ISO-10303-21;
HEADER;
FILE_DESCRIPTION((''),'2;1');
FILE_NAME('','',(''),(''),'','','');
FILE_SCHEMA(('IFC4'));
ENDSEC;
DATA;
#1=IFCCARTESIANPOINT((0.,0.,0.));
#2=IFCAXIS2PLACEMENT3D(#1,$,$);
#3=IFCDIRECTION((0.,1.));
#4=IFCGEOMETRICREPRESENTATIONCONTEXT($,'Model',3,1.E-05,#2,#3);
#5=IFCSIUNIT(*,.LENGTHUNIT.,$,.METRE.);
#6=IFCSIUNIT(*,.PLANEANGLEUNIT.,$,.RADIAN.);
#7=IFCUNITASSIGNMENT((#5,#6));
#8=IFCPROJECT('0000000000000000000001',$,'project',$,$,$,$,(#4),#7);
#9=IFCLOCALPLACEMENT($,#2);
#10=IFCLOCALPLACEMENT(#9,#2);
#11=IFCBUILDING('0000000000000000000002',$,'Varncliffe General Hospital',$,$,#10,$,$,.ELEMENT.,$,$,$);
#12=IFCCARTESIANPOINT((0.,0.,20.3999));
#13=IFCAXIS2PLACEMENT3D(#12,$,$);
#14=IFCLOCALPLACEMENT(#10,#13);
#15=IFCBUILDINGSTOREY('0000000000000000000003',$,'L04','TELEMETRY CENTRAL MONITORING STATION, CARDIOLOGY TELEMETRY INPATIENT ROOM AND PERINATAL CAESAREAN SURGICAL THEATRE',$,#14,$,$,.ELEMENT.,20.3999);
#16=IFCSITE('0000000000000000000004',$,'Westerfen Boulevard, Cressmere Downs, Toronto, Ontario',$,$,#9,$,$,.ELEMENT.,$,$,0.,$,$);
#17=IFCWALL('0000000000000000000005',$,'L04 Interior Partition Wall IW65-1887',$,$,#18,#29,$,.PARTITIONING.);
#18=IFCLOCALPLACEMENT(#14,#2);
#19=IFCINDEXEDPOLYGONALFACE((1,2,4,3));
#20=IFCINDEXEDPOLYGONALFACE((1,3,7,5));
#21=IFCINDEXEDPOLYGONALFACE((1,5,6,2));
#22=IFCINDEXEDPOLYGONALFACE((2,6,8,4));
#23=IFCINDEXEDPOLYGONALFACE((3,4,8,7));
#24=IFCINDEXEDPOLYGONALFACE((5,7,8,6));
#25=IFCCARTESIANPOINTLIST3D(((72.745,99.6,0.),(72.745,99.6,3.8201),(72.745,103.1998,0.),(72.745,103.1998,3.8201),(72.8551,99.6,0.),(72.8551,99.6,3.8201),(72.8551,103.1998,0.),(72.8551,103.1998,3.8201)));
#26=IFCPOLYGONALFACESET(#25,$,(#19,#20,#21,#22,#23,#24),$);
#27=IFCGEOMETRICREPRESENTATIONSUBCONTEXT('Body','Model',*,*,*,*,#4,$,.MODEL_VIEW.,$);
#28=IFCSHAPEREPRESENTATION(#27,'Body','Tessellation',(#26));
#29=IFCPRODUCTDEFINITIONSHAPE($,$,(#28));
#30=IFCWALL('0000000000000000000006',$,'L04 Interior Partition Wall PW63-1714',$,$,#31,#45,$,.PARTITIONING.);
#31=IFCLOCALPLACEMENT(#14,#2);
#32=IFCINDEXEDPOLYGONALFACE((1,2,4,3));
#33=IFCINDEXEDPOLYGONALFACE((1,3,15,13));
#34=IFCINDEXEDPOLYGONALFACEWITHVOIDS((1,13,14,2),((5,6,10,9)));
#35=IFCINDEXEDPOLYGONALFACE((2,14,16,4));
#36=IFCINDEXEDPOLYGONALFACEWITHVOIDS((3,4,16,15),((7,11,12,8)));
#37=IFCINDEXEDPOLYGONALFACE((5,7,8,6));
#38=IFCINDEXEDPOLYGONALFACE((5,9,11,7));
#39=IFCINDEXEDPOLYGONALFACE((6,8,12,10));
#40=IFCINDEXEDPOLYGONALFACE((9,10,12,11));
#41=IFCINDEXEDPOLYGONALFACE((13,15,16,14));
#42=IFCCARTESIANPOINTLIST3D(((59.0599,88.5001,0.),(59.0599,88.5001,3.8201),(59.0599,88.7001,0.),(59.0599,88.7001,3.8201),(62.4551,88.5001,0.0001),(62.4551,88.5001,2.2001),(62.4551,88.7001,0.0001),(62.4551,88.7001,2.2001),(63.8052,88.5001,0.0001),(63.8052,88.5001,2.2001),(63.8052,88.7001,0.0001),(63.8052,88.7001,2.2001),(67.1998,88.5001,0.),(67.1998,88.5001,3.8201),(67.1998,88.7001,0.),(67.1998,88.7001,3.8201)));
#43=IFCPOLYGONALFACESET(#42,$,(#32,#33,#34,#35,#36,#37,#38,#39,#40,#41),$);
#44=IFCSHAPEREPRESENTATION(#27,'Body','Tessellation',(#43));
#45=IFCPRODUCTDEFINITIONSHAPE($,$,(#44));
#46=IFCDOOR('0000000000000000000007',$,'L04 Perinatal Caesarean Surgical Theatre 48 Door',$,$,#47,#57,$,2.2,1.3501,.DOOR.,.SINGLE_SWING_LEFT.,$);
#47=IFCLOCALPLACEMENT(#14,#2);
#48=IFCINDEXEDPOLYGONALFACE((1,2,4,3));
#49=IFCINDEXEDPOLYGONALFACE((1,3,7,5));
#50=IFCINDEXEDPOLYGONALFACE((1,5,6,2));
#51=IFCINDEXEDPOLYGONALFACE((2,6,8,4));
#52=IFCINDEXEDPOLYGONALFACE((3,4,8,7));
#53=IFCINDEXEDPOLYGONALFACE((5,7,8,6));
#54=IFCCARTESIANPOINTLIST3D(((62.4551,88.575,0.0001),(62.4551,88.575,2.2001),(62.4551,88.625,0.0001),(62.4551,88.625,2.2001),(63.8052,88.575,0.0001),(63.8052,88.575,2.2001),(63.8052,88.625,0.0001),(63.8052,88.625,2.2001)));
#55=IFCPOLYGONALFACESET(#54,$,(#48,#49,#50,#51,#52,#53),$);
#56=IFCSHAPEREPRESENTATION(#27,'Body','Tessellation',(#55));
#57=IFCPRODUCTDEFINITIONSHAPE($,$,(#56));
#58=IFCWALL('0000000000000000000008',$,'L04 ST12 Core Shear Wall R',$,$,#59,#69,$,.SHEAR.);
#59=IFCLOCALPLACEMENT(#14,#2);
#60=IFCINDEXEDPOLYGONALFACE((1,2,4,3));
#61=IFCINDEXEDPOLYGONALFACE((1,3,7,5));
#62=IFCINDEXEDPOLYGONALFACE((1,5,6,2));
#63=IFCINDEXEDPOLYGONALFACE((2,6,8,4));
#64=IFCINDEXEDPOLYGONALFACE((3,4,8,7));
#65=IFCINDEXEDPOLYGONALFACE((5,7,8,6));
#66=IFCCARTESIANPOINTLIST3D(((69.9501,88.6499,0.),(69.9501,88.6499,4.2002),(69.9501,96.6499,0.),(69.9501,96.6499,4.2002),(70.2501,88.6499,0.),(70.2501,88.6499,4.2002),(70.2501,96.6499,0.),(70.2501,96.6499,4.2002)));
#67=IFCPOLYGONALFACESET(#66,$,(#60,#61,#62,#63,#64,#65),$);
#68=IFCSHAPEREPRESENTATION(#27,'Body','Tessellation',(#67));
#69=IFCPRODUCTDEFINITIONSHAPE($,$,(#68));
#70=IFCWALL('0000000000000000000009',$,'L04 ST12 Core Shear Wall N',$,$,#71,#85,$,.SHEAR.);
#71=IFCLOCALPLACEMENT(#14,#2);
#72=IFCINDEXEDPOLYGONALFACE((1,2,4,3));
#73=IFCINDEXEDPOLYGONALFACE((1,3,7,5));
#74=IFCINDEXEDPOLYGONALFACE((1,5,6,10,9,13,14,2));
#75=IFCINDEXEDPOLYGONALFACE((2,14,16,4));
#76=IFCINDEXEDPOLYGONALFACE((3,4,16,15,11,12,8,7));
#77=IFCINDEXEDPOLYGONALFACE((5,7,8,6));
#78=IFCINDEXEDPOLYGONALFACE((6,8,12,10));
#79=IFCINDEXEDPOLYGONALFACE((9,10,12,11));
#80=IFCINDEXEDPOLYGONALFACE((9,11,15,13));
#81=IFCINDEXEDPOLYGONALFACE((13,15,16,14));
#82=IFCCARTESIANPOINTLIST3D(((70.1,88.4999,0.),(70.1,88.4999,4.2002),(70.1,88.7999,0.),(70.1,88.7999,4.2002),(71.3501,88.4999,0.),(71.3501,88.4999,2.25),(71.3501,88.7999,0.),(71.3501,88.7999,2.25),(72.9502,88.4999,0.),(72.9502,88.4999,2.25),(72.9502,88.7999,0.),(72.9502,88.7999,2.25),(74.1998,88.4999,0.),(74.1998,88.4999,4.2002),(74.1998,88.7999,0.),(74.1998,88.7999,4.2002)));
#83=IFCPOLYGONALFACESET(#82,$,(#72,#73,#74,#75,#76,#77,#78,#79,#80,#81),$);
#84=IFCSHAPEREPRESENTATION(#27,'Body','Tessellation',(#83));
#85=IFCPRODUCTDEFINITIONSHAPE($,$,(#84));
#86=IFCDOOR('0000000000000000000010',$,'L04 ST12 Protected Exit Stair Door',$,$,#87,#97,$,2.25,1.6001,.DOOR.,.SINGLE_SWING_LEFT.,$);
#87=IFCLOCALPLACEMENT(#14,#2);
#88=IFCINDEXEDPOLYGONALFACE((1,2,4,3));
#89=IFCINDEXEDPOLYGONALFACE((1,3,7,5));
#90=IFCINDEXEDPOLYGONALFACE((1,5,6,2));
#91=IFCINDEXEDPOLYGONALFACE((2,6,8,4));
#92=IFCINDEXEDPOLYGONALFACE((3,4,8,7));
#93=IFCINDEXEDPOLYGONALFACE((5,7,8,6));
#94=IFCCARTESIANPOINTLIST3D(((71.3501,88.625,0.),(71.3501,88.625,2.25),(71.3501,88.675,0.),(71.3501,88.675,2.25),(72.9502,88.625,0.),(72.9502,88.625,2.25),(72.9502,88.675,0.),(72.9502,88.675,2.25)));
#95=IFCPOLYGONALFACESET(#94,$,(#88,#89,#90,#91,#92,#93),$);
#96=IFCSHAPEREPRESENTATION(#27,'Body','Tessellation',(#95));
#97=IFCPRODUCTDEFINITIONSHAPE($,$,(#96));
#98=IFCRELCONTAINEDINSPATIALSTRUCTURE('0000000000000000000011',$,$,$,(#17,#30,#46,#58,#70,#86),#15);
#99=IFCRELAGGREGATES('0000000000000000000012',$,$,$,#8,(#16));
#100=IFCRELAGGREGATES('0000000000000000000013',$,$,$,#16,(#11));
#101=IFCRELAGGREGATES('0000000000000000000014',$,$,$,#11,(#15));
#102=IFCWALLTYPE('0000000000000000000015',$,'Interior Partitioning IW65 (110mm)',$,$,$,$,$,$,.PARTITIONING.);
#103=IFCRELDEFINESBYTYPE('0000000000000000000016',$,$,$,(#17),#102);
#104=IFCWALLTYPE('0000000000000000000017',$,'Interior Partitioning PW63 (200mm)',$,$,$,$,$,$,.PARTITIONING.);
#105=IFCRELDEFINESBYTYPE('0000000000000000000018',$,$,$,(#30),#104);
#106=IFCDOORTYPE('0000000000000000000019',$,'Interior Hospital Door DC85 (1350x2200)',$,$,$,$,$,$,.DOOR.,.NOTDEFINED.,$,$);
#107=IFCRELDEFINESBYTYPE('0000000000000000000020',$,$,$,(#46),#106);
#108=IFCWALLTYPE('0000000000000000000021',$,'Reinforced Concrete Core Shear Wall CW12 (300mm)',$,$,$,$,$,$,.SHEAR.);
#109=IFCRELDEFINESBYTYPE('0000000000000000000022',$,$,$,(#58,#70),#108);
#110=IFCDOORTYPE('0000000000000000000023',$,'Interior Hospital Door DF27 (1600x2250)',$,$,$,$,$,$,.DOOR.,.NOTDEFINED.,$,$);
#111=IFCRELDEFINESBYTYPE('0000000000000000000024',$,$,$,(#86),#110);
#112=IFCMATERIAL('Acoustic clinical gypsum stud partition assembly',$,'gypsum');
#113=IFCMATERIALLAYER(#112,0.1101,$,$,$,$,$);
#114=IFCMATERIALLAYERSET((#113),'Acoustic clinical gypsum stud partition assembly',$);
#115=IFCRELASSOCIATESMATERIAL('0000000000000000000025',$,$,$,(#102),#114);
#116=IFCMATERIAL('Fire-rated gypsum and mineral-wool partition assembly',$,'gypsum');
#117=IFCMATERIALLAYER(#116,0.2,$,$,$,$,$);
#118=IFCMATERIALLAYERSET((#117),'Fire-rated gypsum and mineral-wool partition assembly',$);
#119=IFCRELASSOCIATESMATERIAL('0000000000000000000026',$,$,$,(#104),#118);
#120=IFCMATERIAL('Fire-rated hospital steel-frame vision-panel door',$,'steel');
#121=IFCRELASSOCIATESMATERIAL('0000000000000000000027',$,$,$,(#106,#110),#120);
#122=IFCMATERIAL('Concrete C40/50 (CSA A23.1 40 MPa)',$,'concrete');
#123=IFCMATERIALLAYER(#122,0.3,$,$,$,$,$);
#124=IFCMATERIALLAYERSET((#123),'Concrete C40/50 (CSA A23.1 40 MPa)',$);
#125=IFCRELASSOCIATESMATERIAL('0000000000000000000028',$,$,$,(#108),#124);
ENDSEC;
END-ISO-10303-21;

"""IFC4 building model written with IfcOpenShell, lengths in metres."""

from ifc_helpers import new_model, si_unit, direction, frame, frame_2d, origin, place, context, subcontext, project, spatial, rectangle, extrude, material, layer, layer_set, type_object, element, fill, save


model = new_model("IFC4")

# Units and contexts
model_context = context("Model", 3, precision=1e-05, world=origin(), true_north=direction((0.0, 1.0)))
body_context = subcontext(model_context, "Body", "Model", "MODEL_VIEW")
ifc_project = project(units=[si_unit("LENGTHUNIT", "METRE"), si_unit("PLANEANGLEUNIT", "RADIAN")], contexts=[model_context])

# Site, building, storey
site_placement = place(None, origin())
site = spatial("IfcSite", under=ifc_project, at=site_placement, Name="Westerfen Boulevard, Cressmere Downs, Toronto, Ontario", CompositionType="ELEMENT", RefElevation=0.0)
building_placement = place(site_placement, origin())
building = spatial("IfcBuilding", under=site, at=building_placement, Name="Varncliffe General Hospital", CompositionType="ELEMENT")
storey_placement = place(building_placement, frame((0.0, 0.0, 20.3999)))
storey = spatial("IfcBuildingStorey", under=building, at=storey_placement, Name="L04", Description="TELEMETRY CENTRAL MONITORING STATION, CARDIOLOGY TELEMETRY INPATIENT ROOM AND PERINATAL CAESAREAN SURGICAL THEATRE", CompositionType="ELEMENT", Elevation=20.3999)

# Shared definitions
ifc_material_1 = material(Name="Concrete C40/50 (CSA A23.1 40 MPa)", Category="concrete")

# Wall
ifc_material_2 = material(Name="Acoustic clinical gypsum stud partition assembly", Category="gypsum")
ifc_layer_1 = layer(ifc_material_2, 0.1101)
ifc_layer_set_1 = layer_set([ifc_layer_1], Name="Acoustic clinical gypsum stud partition assembly")
wall_type_1 = type_object("IfcWallType", Name="Interior Partitioning IW65 (110mm)", PredefinedType="PARTITIONING", material=ifc_layer_set_1)
wall_1_placement = place(storey_placement, frame((72.8, 99.6001, 0.0), z_axis=(0.0, 0.0, 1.0), x_axis=(0.0, 1.0, 0.0)))
element("IfcWall", 1, at=wall_1_placement, inside=storey, type_object=wall_type_1, Name="L04 Interior Partition Wall IW65-1887", PredefinedType="PARTITIONING", context=body_context, shape_type="SweptSolid", body=[
    extrude(rectangle(XDim=3.5999, YDim=0.1101, at=frame_2d((1.7998, 0.0))), origin(), (0.0, 0.0, 1.0), 3.8201),
])

# Wall, opening, door
ifc_material_3 = material(Name="Fire-rated gypsum and mineral-wool partition assembly", Category="gypsum")
ifc_layer_2 = layer(ifc_material_3, 0.2)
ifc_layer_set_2 = layer_set([ifc_layer_2], Name="Fire-rated gypsum and mineral-wool partition assembly")
wall_type_2 = type_object("IfcWallType", Name="Interior Partitioning PW63 (200mm)", PredefinedType="PARTITIONING", material=ifc_layer_set_2)
wall_2_placement = place(storey_placement, frame((59.0601, 88.6001, 0.0), z_axis=(0.0, 0.0, 1.0), x_axis=(1.0, 0.0, 0.0)))
wall_2 = element("IfcWall", 2, at=wall_2_placement, inside=storey, type_object=wall_type_2, Name="L04 Interior Partition Wall PW63-1714", PredefinedType="PARTITIONING", context=body_context, shape_type="SweptSolid", body=[
    extrude(rectangle(XDim=8.1399, YDim=0.2, at=frame_2d((4.0698, 0.0))), origin(), (0.0, 0.0, 1.0), 3.8201),
])
opening_1_placement = place(wall_2_placement, frame((3.395, 0.0, 0.0)))
opening_1 = element("IfcOpeningElement", 3, at=opening_1_placement, cuts=wall_2, PredefinedType="OPENING", context=body_context, shape_type="SweptSolid", body=[
    extrude(rectangle(XDim=1.3501, YDim=2.2, at=frame_2d((0.675, 1.1001))), frame((0.0, 0.1099, 0.0), z_axis=(0.0, -1.0, 0.0), x_axis=(1.0, 0.0, 0.0)), (0.0, 0.0, 1.0), 0.22),
])
ifc_material_4 = material(Name="Fire-rated hospital steel-frame vision-panel door", Category="steel")
door_type_1 = type_object("IfcDoorType", Name="Interior Hospital Door DC85 (1350x2200)", OperationType="NOTDEFINED", PredefinedType="DOOR", material=ifc_material_4)
door_1_placement = place(opening_1_placement, origin())
door_1 = element("IfcDoor", 4, at=door_1_placement, inside=storey, type_object=door_type_1, Name="L04 Perinatal Caesarean Surgical Theatre 48 Door", OperationType="SINGLE_SWING_LEFT", OverallHeight=2.2, OverallWidth=1.3501, PredefinedType="DOOR", context=body_context, shape_type="SweptSolid", body=[
    extrude(rectangle(XDim=1.3501, YDim=2.2, at=frame_2d((0.675, 1.1001))), frame((0.0, 0.0249, 0.0), z_axis=(0.0, -1.0, 0.0), x_axis=(1.0, 0.0, 0.0)), (0.0, 0.0, 1.0), 0.05),
])
fill(opening_1, door_1)

# Wall
ifc_layer_3 = layer(ifc_material_1, 0.3)
ifc_layer_set_3 = layer_set([ifc_layer_3], Name="Concrete C40/50 (CSA A23.1 40 MPa)")
wall_type_3 = type_object("IfcWallType", Name="Reinforced Concrete Core Shear Wall CW12 (300mm)", PredefinedType="SHEAR", material=ifc_layer_set_3)
wall_3_placement = place(storey_placement, frame((70.1001, 96.6499, 0.0), z_axis=(0.0, 0.0, 1.0), x_axis=(0.0, -1.0, 0.0)))
element("IfcWall", 5, at=wall_3_placement, inside=storey, type_object=wall_type_3, Name="L04 ST12 Core Shear Wall R", PredefinedType="SHEAR", context=body_context, shape_type="SweptSolid", body=[
    extrude(rectangle(XDim=8.0, YDim=0.3, at=frame_2d((4.0, 0.0))), origin(), (0.0, 0.0, 1.0), 4.2002),
])

# Wall, opening, door
wall_4_placement = place(storey_placement, frame((70.1001, 88.6499, 0.0), z_axis=(0.0, 0.0, 1.0), x_axis=(1.0, 0.0, 0.0)))
wall_4 = element("IfcWall", 6, at=wall_4_placement, inside=storey, type_object=wall_type_3, Name="L04 ST12 Core Shear Wall N", PredefinedType="SHEAR", context=body_context, shape_type="SweptSolid", body=[
    extrude(rectangle(XDim=4.0999, YDim=0.3, at=frame_2d((2.0498, 0.0))), origin(), (0.0, 0.0, 1.0), 4.2002),
])
opening_2_placement = place(wall_4_placement, frame((1.25, 0.0, 0.0)))
opening_2 = element("IfcOpeningElement", 7, at=opening_2_placement, cuts=wall_4, PredefinedType="OPENING", context=body_context, shape_type="SweptSolid", body=[
    extrude(rectangle(XDim=1.6001, YDim=2.25, at=frame_2d((0.8, 1.125))), frame((0.0, 0.1602, 0.0), z_axis=(0.0, -1.0, 0.0), x_axis=(1.0, 0.0, 0.0)), (0.0, 0.0, 1.0), 0.3201),
])
door_type_2 = type_object("IfcDoorType", Name="Interior Hospital Door DF27 (1600x2250)", OperationType="NOTDEFINED", PredefinedType="DOOR", material=ifc_material_4)
door_2_placement = place(opening_2_placement, frame((1.6001, 0.0, 0.0), z_axis=(0.0, 0.0, 1.0), x_axis=(-1.0, 0.0, 0.0)))
door_2 = element("IfcDoor", 8, at=door_2_placement, inside=storey, type_object=door_type_2, Name="L04 ST12 Protected Exit Stair Door", OperationType="SINGLE_SWING_LEFT", OverallHeight=2.25, OverallWidth=1.6001, PredefinedType="DOOR", context=body_context, shape_type="SweptSolid", body=[
    extrude(rectangle(XDim=1.6001, YDim=2.25, at=frame_2d((0.8, 1.125))), frame((0.0, 0.0249, 0.0), z_axis=(0.0, -1.0, 0.0), x_axis=(1.0, 0.0, 0.0)), (0.0, 0.0, 1.0), 0.05),
])
fill(opening_2, door_2)

save(model, "model.ifc")
